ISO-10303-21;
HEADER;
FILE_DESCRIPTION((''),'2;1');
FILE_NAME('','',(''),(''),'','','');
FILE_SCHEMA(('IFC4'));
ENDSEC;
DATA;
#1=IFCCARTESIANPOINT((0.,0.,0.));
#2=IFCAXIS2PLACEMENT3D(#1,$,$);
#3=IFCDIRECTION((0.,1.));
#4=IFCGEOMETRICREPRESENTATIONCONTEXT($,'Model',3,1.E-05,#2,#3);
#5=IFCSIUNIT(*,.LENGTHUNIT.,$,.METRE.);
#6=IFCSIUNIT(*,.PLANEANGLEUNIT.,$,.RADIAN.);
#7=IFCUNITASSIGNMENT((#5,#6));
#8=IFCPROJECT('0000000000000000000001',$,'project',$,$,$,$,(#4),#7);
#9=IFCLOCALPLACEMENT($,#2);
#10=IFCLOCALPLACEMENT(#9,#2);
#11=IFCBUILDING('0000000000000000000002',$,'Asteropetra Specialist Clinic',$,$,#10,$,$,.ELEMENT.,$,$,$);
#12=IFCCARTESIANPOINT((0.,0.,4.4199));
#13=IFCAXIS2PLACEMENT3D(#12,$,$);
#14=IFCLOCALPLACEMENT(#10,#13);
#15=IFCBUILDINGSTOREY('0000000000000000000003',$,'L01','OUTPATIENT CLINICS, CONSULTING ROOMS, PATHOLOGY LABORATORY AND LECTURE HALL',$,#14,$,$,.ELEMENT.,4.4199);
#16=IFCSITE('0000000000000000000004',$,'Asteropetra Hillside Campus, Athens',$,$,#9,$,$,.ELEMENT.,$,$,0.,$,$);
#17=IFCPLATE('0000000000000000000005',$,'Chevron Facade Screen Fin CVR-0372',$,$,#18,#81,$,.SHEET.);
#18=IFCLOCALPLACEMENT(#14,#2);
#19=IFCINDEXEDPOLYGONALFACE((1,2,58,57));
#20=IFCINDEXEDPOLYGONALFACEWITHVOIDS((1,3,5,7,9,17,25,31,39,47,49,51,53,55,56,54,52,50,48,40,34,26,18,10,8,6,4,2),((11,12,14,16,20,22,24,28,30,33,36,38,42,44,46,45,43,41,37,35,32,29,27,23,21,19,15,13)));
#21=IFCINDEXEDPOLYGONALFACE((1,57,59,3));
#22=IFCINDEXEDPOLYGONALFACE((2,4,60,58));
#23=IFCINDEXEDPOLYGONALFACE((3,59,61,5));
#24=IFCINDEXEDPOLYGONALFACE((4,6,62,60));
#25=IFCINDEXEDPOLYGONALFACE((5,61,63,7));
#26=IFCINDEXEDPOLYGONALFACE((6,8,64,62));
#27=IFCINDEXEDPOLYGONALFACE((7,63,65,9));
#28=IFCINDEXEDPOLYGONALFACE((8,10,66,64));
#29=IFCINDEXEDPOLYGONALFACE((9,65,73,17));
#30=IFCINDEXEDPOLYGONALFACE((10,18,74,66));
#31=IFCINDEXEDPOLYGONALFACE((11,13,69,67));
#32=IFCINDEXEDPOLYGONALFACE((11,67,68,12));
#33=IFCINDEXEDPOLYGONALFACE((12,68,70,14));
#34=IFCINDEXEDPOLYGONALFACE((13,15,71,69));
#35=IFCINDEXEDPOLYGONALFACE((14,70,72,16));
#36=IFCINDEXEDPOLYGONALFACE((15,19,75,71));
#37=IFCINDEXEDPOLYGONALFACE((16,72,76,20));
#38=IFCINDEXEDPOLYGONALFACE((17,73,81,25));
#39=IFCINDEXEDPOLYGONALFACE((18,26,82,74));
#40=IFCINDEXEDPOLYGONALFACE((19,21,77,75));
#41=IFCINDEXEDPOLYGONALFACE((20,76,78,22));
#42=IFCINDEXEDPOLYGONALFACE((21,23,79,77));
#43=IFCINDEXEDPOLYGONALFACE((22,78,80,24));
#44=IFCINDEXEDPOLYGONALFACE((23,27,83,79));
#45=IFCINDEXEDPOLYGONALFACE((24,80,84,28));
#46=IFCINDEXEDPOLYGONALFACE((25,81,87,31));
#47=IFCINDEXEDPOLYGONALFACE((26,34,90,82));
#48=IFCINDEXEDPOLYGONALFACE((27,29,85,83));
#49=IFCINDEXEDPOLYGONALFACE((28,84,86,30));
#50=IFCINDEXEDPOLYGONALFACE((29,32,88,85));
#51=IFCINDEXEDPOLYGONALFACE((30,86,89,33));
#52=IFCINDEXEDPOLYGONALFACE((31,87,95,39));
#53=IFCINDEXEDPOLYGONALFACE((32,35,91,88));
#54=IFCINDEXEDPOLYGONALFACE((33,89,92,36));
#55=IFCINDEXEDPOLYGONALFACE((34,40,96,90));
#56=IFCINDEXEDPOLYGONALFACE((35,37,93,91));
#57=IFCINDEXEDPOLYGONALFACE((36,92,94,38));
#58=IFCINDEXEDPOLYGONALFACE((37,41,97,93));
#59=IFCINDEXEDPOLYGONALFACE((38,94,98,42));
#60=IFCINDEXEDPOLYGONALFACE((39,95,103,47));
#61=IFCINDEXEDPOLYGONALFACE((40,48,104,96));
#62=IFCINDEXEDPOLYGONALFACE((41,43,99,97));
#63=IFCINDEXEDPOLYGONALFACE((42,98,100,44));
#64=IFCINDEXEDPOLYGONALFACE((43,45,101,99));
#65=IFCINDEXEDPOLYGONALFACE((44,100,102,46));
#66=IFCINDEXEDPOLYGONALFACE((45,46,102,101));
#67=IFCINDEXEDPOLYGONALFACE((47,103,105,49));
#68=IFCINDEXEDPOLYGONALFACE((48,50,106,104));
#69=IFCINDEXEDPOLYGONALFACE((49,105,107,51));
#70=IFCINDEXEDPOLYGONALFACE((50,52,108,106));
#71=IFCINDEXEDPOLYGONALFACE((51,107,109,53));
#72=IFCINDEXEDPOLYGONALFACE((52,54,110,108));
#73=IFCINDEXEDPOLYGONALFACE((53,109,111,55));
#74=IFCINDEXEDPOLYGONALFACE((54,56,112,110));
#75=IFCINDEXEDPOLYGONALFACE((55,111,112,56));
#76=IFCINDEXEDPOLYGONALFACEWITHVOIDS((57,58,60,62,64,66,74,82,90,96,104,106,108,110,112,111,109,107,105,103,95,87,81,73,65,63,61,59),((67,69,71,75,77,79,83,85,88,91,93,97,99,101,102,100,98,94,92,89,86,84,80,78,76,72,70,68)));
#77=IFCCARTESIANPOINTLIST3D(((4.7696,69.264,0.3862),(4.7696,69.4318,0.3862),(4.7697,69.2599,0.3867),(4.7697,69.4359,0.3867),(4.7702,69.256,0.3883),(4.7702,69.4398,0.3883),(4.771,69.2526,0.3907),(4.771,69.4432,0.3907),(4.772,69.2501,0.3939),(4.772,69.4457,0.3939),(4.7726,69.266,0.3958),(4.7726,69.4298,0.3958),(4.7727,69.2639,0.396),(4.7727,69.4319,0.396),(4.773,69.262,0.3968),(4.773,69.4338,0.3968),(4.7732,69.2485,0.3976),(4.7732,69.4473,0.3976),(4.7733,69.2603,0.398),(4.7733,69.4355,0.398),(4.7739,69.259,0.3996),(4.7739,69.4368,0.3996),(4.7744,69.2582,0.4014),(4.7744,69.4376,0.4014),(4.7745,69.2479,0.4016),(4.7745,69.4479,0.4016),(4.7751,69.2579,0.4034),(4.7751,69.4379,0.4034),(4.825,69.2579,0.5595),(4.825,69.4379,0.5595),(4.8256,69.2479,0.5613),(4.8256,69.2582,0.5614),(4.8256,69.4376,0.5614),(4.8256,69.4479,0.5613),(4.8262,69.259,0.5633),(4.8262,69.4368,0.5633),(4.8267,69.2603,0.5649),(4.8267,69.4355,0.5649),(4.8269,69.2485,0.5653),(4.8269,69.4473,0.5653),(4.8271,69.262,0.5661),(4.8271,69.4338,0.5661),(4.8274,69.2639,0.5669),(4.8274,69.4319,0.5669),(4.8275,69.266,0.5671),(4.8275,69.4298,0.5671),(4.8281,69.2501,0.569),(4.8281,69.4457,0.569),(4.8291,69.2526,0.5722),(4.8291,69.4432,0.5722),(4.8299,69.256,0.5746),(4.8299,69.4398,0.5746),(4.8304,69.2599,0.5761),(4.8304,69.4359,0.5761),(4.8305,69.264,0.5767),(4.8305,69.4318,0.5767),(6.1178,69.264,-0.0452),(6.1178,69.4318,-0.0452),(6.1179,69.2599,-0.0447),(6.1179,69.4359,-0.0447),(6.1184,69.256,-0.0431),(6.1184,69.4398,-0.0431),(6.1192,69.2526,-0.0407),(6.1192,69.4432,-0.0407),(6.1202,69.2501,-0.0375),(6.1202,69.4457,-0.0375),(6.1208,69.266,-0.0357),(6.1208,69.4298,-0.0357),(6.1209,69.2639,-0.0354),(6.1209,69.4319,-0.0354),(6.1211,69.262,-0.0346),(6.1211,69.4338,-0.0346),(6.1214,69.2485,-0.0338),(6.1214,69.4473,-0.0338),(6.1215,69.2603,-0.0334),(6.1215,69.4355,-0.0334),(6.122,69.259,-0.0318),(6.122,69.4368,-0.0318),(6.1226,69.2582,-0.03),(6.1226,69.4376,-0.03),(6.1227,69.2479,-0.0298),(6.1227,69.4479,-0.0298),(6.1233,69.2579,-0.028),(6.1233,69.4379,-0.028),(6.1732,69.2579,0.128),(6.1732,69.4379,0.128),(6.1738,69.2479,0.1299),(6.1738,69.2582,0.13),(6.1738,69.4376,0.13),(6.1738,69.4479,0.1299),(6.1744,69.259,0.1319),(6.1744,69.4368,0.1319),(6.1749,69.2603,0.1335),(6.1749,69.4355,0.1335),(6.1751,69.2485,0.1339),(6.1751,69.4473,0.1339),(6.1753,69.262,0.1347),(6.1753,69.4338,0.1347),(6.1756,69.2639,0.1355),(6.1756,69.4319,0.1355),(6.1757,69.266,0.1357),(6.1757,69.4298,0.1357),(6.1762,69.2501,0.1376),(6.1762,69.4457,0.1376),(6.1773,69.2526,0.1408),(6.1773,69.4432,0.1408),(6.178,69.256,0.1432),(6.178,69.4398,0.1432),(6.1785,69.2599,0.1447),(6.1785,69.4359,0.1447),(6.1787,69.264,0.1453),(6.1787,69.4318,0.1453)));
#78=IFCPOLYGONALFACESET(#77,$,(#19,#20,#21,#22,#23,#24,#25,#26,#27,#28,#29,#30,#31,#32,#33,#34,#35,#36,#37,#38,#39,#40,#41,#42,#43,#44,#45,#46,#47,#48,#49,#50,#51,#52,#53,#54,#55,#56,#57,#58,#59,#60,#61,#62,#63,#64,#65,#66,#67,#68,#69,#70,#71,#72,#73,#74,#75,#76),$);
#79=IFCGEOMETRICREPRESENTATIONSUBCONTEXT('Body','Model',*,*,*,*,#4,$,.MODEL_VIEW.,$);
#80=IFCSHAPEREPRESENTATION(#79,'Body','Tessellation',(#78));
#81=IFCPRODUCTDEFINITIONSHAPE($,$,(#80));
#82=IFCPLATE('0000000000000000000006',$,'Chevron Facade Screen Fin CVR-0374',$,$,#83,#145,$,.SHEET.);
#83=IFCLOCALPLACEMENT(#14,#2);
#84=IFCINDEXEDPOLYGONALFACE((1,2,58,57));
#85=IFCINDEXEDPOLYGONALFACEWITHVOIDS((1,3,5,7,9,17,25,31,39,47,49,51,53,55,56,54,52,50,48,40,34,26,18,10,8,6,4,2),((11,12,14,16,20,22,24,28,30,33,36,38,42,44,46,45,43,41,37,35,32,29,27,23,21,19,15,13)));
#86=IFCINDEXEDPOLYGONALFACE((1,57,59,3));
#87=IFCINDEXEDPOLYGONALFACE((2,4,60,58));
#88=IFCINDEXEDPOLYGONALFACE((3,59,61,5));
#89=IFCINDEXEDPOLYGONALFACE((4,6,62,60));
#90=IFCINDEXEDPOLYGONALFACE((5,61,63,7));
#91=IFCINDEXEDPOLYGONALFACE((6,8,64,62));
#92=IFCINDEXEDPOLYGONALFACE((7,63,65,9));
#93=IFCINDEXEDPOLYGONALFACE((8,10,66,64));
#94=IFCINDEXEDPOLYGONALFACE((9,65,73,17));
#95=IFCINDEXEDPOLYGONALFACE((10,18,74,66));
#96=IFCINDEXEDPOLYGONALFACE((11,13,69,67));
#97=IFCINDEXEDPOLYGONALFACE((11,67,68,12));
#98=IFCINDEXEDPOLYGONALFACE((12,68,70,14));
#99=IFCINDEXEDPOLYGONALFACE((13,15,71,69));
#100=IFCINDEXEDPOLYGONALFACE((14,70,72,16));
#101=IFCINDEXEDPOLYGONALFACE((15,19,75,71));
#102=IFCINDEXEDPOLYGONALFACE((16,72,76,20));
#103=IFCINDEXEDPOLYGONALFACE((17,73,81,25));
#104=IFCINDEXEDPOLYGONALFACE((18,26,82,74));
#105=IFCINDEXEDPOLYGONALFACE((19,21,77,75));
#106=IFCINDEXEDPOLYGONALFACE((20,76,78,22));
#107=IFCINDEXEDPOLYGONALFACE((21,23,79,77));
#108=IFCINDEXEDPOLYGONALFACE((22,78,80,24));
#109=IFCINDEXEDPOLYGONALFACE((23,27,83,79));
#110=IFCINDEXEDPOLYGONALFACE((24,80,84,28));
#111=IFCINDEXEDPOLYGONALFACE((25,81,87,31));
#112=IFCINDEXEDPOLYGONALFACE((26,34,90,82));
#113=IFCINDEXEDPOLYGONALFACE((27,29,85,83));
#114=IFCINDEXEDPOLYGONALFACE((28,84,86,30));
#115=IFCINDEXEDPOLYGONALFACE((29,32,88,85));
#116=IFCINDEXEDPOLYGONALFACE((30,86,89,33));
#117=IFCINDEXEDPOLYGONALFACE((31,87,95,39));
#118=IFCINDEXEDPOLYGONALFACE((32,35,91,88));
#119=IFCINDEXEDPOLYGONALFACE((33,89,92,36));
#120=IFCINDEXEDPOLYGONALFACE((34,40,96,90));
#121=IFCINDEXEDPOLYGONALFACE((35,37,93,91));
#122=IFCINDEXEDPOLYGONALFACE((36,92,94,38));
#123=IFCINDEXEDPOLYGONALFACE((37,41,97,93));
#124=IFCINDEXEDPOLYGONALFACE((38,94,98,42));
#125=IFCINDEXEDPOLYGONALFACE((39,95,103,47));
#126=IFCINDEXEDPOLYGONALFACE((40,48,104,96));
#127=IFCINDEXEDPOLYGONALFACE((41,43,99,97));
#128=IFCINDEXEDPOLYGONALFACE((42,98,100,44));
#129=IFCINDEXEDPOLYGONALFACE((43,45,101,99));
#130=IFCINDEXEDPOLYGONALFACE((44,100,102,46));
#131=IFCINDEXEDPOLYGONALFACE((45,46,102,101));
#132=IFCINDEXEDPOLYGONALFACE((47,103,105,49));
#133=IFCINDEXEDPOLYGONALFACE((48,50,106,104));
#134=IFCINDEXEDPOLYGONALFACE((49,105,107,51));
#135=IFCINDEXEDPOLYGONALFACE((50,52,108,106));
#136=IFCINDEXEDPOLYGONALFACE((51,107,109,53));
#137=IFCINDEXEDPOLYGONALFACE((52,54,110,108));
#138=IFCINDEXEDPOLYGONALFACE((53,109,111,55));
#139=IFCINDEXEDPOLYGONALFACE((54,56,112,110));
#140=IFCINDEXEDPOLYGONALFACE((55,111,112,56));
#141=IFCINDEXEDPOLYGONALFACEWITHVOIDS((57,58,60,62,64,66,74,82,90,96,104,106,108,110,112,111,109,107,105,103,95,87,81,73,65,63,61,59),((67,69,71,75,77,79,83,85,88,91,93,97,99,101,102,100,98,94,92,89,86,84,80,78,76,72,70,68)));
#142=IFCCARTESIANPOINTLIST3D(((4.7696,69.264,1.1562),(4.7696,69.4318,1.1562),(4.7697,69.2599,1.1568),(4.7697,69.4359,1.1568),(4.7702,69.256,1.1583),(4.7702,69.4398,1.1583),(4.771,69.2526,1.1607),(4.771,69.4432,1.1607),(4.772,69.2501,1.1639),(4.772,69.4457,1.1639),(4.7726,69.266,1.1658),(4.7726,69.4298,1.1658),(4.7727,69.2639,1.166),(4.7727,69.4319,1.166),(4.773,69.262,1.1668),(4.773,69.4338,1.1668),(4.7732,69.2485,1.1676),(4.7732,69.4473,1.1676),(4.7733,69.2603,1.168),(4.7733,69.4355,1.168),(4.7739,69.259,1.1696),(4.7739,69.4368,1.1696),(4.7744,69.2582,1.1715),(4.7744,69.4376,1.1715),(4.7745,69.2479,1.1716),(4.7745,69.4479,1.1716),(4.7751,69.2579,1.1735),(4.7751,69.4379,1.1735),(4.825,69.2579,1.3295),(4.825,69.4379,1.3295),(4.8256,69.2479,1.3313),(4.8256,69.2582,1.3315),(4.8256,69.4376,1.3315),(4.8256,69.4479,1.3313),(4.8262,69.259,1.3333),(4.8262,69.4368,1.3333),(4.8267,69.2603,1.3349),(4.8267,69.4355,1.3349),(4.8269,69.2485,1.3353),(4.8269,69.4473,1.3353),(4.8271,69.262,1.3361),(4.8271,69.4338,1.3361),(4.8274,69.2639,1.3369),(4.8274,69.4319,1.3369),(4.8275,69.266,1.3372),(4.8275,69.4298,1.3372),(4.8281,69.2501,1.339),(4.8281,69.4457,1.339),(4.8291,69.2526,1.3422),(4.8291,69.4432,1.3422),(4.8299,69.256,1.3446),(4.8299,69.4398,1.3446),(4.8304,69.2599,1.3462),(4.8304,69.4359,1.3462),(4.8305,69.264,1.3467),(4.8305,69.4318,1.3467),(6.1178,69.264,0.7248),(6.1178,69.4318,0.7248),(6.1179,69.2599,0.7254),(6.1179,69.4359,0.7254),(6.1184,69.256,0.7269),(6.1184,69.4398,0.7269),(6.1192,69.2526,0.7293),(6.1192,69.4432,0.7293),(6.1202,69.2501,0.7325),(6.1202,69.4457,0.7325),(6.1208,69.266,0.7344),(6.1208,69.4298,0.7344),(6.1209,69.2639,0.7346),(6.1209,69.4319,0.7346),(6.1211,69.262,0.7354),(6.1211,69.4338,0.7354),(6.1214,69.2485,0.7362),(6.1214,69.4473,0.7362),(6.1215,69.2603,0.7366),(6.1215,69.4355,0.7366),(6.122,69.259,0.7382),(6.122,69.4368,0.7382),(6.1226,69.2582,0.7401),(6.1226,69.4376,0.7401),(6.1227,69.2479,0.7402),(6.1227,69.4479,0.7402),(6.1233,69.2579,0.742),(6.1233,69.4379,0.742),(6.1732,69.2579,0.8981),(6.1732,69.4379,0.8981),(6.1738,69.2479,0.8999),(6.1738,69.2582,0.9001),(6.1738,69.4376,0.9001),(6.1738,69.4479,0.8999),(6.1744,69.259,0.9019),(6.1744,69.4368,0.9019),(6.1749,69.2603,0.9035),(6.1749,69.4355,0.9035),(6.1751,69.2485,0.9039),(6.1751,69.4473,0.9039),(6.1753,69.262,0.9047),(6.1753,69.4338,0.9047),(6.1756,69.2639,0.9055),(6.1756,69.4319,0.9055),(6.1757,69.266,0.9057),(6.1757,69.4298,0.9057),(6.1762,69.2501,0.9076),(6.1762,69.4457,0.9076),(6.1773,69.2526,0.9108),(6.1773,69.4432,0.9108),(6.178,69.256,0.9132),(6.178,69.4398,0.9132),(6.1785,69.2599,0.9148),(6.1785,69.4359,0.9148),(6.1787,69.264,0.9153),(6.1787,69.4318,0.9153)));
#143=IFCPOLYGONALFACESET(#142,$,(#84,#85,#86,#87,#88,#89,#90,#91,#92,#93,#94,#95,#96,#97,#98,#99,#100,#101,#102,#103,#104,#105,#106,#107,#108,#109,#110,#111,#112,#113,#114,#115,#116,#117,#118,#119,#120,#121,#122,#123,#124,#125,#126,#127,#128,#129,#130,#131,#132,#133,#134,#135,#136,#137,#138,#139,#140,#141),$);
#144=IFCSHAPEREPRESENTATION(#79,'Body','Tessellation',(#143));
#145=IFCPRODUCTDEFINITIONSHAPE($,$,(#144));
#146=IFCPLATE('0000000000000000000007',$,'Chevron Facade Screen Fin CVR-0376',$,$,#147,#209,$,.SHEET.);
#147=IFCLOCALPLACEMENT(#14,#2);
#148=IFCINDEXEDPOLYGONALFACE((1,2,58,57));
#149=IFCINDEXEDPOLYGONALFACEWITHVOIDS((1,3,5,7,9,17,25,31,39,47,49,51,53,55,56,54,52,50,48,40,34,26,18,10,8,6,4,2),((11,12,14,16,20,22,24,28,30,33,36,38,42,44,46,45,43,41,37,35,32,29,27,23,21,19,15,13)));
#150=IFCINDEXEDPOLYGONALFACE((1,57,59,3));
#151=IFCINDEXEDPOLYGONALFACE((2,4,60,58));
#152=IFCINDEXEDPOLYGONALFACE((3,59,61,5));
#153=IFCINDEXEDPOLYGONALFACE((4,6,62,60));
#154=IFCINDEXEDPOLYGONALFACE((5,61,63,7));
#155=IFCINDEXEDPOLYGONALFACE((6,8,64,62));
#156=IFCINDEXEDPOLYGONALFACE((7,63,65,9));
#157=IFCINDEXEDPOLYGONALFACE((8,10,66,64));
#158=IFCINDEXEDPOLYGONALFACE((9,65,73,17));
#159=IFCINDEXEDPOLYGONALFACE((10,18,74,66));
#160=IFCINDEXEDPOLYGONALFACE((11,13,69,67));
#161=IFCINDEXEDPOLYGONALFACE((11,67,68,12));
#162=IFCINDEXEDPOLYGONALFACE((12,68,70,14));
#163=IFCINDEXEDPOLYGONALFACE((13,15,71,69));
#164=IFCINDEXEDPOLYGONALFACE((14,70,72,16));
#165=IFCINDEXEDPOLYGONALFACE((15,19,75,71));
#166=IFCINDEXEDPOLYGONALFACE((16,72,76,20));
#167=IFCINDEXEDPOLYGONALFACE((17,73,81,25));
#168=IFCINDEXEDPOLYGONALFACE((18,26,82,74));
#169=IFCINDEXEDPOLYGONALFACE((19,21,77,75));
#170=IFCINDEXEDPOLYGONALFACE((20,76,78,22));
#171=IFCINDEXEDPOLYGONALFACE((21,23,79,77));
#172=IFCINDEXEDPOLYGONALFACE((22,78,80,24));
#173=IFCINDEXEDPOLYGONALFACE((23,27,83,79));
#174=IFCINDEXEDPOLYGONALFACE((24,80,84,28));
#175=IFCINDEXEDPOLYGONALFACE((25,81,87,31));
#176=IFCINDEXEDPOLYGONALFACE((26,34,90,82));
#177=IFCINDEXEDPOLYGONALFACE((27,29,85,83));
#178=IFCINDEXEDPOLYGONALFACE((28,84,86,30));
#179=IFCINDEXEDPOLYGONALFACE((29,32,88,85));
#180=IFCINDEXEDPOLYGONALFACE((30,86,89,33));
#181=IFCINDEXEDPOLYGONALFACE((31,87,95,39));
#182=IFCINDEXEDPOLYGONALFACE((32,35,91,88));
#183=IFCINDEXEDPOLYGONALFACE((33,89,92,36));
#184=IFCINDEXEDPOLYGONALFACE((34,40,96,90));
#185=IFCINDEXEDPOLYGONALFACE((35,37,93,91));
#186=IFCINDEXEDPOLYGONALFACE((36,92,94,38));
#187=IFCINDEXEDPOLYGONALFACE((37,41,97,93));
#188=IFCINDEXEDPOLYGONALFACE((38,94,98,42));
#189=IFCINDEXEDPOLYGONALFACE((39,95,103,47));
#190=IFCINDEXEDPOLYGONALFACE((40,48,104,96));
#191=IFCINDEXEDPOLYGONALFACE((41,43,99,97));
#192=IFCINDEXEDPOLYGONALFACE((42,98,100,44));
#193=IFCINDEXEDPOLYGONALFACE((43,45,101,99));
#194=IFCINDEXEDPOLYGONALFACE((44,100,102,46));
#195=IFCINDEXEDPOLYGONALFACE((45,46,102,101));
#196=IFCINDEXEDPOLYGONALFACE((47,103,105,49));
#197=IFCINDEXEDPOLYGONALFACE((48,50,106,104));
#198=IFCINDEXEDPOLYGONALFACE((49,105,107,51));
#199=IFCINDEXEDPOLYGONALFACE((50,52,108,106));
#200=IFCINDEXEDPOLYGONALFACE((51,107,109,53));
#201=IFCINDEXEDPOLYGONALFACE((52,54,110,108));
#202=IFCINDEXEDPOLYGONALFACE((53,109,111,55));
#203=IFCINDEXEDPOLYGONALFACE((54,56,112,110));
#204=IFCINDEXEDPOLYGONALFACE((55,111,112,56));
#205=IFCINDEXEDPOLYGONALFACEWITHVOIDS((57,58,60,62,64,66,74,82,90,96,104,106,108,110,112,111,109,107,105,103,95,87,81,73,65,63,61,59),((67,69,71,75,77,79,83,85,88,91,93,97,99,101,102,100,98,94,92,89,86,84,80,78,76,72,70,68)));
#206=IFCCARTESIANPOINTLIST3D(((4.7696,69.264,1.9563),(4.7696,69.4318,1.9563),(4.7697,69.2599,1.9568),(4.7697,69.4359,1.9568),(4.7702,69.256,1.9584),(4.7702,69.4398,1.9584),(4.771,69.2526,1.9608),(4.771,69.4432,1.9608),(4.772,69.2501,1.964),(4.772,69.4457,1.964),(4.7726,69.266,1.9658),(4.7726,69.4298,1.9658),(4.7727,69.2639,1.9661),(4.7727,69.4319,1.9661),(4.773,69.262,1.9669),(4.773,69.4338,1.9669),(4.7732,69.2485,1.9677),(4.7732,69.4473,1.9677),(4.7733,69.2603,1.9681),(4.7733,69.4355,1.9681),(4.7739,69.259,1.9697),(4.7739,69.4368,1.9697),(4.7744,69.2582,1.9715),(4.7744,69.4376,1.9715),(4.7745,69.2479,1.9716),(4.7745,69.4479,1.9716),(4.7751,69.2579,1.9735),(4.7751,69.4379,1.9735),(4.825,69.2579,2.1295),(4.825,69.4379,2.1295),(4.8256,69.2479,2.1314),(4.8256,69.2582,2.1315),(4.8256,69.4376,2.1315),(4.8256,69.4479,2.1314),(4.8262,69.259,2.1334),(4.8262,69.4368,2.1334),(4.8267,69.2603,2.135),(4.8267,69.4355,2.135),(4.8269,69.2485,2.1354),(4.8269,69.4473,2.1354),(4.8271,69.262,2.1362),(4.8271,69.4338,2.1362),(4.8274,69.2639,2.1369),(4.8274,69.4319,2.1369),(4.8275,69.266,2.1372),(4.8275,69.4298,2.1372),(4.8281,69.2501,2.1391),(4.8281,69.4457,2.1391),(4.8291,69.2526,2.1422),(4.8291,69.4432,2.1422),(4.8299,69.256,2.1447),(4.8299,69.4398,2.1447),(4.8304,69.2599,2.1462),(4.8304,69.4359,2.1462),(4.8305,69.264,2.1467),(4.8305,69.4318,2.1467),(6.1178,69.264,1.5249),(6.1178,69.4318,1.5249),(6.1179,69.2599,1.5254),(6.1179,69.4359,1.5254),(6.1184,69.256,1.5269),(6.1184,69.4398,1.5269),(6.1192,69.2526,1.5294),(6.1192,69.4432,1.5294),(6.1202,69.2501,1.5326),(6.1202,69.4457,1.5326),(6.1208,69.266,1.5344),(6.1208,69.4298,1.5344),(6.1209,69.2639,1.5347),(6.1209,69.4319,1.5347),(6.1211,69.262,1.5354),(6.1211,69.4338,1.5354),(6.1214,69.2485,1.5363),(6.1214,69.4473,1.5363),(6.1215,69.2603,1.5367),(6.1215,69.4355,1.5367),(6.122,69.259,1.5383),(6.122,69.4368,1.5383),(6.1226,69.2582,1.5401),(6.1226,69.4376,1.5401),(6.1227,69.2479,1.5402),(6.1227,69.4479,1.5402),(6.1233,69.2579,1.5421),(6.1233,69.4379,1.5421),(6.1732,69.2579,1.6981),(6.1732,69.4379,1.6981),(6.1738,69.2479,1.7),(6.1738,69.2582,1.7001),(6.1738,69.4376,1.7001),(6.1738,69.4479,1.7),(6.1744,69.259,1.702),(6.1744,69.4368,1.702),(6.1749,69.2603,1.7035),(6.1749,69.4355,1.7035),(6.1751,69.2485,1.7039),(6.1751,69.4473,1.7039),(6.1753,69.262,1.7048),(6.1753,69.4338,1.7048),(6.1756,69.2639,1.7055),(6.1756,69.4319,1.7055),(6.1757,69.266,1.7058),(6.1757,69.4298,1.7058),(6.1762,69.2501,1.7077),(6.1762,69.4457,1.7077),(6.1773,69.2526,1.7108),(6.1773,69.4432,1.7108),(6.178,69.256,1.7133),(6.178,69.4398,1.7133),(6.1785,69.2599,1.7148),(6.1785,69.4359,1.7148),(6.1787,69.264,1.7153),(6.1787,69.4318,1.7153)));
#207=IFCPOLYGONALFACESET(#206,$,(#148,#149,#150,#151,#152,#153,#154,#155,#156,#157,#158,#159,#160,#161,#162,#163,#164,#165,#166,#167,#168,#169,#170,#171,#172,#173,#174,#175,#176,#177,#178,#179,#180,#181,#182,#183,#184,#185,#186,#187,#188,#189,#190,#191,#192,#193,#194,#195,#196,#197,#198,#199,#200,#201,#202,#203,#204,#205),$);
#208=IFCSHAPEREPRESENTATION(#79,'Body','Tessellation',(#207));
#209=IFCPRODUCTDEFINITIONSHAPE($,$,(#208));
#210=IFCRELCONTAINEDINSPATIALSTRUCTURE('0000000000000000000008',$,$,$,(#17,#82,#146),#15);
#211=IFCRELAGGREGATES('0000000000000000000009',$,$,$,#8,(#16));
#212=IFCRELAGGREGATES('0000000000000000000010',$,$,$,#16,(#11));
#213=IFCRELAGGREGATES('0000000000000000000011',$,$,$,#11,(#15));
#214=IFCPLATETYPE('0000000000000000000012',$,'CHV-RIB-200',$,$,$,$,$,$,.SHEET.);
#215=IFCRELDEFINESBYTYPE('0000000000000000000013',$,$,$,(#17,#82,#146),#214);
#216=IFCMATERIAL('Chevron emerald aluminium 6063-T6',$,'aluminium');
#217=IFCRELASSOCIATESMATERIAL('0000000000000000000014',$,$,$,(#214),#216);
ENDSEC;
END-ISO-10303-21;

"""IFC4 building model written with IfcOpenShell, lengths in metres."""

from ifc_helpers import new_model, si_unit, direction, frame, origin, origin_2d, place, context, subcontext, project, spatial, hollow_rectangle, extrude, material, material_profile, profile_set, type_object, element, save


model = new_model("IFC4")

# Units and contexts
model_context = context("Model", 3, precision=1e-05, world=origin(), true_north=direction((0.0, 1.0)))
body_context = subcontext(model_context, "Body", "Model", "MODEL_VIEW")
ifc_project = project(units=[si_unit("LENGTHUNIT", "METRE"), si_unit("PLANEANGLEUNIT", "RADIAN")], contexts=[model_context])

# Site, building, storey
site_placement = place(None, origin())
site = spatial("IfcSite", under=ifc_project, at=site_placement, Name="Asteropetra Hillside Campus, Athens", CompositionType="ELEMENT", RefElevation=0.0)
building_placement = place(site_placement, origin())
building = spatial("IfcBuilding", under=site, at=building_placement, Name="Asteropetra Specialist Clinic", CompositionType="ELEMENT")
storey_placement = place(building_placement, frame((0.0, 0.0, 4.4199)))
storey = spatial("IfcBuildingStorey", under=building, at=storey_placement, Name="L01", Description="OUTPATIENT CLINICS, CONSULTING ROOMS, PATHOLOGY LABORATORY AND LECTURE HALL", CompositionType="ELEMENT", Elevation=4.4199)

# Plates
ifc_material_1 = material(Name="Chevron emerald aluminium 6063-T6", Category="aluminium")
ifc_material_profile_1 = material_profile(ifc_material_1, hollow_rectangle(XDim=0.2, YDim=0.2, WallThickness=0.01, InnerFilletRadius=0.0081, OuterFilletRadius=0.0161, at=origin_2d()), Name="SHS 200x200x10.0")
ifc_profile_set_1 = profile_set([ifc_material_profile_1], Name="Chevron emerald aluminium 6063-T6")
plate_type_1 = type_object("IfcPlateType", Name="CHV-RIB-200", PredefinedType="SHEET", material=ifc_profile_set_1)
for number, where, z_axis, x_axis, name in (
    (1, (4.8, 69.3479, 0.4814), (0.952426, 0.0, -0.304769), (0.0, 1.0, 0.0), "Chevron Facade Screen Fin CVR-0372"),
    (2, (4.8, 69.3479, 1.2515), (0.952426, 0.0, -0.304769), (0.0, 1.0, 0.0), "Chevron Facade Screen Fin CVR-0374"),
    (3, (4.8, 69.3479, 2.0515), (0.952426, 0.0, -0.304769), (0.0, 1.0, 0.0), "Chevron Facade Screen Fin CVR-0376"),
):
    element("IfcPlate", number, at=place(storey_placement, frame(where, z_axis=z_axis, x_axis=x_axis)), inside=storey, type_object=plate_type_1, Name=name, PredefinedType="SHEET", context=body_context, shape_type="SweptSolid", body=[
        extrude(hollow_rectangle(XDim=0.2, YDim=0.2, WallThickness=0.01, InnerFilletRadius=0.0081, OuterFilletRadius=0.0161, at=origin_2d()), origin(), (0.0, 0.0, 1.0), 1.4155),
    ])

save(model, "model.ifc")
